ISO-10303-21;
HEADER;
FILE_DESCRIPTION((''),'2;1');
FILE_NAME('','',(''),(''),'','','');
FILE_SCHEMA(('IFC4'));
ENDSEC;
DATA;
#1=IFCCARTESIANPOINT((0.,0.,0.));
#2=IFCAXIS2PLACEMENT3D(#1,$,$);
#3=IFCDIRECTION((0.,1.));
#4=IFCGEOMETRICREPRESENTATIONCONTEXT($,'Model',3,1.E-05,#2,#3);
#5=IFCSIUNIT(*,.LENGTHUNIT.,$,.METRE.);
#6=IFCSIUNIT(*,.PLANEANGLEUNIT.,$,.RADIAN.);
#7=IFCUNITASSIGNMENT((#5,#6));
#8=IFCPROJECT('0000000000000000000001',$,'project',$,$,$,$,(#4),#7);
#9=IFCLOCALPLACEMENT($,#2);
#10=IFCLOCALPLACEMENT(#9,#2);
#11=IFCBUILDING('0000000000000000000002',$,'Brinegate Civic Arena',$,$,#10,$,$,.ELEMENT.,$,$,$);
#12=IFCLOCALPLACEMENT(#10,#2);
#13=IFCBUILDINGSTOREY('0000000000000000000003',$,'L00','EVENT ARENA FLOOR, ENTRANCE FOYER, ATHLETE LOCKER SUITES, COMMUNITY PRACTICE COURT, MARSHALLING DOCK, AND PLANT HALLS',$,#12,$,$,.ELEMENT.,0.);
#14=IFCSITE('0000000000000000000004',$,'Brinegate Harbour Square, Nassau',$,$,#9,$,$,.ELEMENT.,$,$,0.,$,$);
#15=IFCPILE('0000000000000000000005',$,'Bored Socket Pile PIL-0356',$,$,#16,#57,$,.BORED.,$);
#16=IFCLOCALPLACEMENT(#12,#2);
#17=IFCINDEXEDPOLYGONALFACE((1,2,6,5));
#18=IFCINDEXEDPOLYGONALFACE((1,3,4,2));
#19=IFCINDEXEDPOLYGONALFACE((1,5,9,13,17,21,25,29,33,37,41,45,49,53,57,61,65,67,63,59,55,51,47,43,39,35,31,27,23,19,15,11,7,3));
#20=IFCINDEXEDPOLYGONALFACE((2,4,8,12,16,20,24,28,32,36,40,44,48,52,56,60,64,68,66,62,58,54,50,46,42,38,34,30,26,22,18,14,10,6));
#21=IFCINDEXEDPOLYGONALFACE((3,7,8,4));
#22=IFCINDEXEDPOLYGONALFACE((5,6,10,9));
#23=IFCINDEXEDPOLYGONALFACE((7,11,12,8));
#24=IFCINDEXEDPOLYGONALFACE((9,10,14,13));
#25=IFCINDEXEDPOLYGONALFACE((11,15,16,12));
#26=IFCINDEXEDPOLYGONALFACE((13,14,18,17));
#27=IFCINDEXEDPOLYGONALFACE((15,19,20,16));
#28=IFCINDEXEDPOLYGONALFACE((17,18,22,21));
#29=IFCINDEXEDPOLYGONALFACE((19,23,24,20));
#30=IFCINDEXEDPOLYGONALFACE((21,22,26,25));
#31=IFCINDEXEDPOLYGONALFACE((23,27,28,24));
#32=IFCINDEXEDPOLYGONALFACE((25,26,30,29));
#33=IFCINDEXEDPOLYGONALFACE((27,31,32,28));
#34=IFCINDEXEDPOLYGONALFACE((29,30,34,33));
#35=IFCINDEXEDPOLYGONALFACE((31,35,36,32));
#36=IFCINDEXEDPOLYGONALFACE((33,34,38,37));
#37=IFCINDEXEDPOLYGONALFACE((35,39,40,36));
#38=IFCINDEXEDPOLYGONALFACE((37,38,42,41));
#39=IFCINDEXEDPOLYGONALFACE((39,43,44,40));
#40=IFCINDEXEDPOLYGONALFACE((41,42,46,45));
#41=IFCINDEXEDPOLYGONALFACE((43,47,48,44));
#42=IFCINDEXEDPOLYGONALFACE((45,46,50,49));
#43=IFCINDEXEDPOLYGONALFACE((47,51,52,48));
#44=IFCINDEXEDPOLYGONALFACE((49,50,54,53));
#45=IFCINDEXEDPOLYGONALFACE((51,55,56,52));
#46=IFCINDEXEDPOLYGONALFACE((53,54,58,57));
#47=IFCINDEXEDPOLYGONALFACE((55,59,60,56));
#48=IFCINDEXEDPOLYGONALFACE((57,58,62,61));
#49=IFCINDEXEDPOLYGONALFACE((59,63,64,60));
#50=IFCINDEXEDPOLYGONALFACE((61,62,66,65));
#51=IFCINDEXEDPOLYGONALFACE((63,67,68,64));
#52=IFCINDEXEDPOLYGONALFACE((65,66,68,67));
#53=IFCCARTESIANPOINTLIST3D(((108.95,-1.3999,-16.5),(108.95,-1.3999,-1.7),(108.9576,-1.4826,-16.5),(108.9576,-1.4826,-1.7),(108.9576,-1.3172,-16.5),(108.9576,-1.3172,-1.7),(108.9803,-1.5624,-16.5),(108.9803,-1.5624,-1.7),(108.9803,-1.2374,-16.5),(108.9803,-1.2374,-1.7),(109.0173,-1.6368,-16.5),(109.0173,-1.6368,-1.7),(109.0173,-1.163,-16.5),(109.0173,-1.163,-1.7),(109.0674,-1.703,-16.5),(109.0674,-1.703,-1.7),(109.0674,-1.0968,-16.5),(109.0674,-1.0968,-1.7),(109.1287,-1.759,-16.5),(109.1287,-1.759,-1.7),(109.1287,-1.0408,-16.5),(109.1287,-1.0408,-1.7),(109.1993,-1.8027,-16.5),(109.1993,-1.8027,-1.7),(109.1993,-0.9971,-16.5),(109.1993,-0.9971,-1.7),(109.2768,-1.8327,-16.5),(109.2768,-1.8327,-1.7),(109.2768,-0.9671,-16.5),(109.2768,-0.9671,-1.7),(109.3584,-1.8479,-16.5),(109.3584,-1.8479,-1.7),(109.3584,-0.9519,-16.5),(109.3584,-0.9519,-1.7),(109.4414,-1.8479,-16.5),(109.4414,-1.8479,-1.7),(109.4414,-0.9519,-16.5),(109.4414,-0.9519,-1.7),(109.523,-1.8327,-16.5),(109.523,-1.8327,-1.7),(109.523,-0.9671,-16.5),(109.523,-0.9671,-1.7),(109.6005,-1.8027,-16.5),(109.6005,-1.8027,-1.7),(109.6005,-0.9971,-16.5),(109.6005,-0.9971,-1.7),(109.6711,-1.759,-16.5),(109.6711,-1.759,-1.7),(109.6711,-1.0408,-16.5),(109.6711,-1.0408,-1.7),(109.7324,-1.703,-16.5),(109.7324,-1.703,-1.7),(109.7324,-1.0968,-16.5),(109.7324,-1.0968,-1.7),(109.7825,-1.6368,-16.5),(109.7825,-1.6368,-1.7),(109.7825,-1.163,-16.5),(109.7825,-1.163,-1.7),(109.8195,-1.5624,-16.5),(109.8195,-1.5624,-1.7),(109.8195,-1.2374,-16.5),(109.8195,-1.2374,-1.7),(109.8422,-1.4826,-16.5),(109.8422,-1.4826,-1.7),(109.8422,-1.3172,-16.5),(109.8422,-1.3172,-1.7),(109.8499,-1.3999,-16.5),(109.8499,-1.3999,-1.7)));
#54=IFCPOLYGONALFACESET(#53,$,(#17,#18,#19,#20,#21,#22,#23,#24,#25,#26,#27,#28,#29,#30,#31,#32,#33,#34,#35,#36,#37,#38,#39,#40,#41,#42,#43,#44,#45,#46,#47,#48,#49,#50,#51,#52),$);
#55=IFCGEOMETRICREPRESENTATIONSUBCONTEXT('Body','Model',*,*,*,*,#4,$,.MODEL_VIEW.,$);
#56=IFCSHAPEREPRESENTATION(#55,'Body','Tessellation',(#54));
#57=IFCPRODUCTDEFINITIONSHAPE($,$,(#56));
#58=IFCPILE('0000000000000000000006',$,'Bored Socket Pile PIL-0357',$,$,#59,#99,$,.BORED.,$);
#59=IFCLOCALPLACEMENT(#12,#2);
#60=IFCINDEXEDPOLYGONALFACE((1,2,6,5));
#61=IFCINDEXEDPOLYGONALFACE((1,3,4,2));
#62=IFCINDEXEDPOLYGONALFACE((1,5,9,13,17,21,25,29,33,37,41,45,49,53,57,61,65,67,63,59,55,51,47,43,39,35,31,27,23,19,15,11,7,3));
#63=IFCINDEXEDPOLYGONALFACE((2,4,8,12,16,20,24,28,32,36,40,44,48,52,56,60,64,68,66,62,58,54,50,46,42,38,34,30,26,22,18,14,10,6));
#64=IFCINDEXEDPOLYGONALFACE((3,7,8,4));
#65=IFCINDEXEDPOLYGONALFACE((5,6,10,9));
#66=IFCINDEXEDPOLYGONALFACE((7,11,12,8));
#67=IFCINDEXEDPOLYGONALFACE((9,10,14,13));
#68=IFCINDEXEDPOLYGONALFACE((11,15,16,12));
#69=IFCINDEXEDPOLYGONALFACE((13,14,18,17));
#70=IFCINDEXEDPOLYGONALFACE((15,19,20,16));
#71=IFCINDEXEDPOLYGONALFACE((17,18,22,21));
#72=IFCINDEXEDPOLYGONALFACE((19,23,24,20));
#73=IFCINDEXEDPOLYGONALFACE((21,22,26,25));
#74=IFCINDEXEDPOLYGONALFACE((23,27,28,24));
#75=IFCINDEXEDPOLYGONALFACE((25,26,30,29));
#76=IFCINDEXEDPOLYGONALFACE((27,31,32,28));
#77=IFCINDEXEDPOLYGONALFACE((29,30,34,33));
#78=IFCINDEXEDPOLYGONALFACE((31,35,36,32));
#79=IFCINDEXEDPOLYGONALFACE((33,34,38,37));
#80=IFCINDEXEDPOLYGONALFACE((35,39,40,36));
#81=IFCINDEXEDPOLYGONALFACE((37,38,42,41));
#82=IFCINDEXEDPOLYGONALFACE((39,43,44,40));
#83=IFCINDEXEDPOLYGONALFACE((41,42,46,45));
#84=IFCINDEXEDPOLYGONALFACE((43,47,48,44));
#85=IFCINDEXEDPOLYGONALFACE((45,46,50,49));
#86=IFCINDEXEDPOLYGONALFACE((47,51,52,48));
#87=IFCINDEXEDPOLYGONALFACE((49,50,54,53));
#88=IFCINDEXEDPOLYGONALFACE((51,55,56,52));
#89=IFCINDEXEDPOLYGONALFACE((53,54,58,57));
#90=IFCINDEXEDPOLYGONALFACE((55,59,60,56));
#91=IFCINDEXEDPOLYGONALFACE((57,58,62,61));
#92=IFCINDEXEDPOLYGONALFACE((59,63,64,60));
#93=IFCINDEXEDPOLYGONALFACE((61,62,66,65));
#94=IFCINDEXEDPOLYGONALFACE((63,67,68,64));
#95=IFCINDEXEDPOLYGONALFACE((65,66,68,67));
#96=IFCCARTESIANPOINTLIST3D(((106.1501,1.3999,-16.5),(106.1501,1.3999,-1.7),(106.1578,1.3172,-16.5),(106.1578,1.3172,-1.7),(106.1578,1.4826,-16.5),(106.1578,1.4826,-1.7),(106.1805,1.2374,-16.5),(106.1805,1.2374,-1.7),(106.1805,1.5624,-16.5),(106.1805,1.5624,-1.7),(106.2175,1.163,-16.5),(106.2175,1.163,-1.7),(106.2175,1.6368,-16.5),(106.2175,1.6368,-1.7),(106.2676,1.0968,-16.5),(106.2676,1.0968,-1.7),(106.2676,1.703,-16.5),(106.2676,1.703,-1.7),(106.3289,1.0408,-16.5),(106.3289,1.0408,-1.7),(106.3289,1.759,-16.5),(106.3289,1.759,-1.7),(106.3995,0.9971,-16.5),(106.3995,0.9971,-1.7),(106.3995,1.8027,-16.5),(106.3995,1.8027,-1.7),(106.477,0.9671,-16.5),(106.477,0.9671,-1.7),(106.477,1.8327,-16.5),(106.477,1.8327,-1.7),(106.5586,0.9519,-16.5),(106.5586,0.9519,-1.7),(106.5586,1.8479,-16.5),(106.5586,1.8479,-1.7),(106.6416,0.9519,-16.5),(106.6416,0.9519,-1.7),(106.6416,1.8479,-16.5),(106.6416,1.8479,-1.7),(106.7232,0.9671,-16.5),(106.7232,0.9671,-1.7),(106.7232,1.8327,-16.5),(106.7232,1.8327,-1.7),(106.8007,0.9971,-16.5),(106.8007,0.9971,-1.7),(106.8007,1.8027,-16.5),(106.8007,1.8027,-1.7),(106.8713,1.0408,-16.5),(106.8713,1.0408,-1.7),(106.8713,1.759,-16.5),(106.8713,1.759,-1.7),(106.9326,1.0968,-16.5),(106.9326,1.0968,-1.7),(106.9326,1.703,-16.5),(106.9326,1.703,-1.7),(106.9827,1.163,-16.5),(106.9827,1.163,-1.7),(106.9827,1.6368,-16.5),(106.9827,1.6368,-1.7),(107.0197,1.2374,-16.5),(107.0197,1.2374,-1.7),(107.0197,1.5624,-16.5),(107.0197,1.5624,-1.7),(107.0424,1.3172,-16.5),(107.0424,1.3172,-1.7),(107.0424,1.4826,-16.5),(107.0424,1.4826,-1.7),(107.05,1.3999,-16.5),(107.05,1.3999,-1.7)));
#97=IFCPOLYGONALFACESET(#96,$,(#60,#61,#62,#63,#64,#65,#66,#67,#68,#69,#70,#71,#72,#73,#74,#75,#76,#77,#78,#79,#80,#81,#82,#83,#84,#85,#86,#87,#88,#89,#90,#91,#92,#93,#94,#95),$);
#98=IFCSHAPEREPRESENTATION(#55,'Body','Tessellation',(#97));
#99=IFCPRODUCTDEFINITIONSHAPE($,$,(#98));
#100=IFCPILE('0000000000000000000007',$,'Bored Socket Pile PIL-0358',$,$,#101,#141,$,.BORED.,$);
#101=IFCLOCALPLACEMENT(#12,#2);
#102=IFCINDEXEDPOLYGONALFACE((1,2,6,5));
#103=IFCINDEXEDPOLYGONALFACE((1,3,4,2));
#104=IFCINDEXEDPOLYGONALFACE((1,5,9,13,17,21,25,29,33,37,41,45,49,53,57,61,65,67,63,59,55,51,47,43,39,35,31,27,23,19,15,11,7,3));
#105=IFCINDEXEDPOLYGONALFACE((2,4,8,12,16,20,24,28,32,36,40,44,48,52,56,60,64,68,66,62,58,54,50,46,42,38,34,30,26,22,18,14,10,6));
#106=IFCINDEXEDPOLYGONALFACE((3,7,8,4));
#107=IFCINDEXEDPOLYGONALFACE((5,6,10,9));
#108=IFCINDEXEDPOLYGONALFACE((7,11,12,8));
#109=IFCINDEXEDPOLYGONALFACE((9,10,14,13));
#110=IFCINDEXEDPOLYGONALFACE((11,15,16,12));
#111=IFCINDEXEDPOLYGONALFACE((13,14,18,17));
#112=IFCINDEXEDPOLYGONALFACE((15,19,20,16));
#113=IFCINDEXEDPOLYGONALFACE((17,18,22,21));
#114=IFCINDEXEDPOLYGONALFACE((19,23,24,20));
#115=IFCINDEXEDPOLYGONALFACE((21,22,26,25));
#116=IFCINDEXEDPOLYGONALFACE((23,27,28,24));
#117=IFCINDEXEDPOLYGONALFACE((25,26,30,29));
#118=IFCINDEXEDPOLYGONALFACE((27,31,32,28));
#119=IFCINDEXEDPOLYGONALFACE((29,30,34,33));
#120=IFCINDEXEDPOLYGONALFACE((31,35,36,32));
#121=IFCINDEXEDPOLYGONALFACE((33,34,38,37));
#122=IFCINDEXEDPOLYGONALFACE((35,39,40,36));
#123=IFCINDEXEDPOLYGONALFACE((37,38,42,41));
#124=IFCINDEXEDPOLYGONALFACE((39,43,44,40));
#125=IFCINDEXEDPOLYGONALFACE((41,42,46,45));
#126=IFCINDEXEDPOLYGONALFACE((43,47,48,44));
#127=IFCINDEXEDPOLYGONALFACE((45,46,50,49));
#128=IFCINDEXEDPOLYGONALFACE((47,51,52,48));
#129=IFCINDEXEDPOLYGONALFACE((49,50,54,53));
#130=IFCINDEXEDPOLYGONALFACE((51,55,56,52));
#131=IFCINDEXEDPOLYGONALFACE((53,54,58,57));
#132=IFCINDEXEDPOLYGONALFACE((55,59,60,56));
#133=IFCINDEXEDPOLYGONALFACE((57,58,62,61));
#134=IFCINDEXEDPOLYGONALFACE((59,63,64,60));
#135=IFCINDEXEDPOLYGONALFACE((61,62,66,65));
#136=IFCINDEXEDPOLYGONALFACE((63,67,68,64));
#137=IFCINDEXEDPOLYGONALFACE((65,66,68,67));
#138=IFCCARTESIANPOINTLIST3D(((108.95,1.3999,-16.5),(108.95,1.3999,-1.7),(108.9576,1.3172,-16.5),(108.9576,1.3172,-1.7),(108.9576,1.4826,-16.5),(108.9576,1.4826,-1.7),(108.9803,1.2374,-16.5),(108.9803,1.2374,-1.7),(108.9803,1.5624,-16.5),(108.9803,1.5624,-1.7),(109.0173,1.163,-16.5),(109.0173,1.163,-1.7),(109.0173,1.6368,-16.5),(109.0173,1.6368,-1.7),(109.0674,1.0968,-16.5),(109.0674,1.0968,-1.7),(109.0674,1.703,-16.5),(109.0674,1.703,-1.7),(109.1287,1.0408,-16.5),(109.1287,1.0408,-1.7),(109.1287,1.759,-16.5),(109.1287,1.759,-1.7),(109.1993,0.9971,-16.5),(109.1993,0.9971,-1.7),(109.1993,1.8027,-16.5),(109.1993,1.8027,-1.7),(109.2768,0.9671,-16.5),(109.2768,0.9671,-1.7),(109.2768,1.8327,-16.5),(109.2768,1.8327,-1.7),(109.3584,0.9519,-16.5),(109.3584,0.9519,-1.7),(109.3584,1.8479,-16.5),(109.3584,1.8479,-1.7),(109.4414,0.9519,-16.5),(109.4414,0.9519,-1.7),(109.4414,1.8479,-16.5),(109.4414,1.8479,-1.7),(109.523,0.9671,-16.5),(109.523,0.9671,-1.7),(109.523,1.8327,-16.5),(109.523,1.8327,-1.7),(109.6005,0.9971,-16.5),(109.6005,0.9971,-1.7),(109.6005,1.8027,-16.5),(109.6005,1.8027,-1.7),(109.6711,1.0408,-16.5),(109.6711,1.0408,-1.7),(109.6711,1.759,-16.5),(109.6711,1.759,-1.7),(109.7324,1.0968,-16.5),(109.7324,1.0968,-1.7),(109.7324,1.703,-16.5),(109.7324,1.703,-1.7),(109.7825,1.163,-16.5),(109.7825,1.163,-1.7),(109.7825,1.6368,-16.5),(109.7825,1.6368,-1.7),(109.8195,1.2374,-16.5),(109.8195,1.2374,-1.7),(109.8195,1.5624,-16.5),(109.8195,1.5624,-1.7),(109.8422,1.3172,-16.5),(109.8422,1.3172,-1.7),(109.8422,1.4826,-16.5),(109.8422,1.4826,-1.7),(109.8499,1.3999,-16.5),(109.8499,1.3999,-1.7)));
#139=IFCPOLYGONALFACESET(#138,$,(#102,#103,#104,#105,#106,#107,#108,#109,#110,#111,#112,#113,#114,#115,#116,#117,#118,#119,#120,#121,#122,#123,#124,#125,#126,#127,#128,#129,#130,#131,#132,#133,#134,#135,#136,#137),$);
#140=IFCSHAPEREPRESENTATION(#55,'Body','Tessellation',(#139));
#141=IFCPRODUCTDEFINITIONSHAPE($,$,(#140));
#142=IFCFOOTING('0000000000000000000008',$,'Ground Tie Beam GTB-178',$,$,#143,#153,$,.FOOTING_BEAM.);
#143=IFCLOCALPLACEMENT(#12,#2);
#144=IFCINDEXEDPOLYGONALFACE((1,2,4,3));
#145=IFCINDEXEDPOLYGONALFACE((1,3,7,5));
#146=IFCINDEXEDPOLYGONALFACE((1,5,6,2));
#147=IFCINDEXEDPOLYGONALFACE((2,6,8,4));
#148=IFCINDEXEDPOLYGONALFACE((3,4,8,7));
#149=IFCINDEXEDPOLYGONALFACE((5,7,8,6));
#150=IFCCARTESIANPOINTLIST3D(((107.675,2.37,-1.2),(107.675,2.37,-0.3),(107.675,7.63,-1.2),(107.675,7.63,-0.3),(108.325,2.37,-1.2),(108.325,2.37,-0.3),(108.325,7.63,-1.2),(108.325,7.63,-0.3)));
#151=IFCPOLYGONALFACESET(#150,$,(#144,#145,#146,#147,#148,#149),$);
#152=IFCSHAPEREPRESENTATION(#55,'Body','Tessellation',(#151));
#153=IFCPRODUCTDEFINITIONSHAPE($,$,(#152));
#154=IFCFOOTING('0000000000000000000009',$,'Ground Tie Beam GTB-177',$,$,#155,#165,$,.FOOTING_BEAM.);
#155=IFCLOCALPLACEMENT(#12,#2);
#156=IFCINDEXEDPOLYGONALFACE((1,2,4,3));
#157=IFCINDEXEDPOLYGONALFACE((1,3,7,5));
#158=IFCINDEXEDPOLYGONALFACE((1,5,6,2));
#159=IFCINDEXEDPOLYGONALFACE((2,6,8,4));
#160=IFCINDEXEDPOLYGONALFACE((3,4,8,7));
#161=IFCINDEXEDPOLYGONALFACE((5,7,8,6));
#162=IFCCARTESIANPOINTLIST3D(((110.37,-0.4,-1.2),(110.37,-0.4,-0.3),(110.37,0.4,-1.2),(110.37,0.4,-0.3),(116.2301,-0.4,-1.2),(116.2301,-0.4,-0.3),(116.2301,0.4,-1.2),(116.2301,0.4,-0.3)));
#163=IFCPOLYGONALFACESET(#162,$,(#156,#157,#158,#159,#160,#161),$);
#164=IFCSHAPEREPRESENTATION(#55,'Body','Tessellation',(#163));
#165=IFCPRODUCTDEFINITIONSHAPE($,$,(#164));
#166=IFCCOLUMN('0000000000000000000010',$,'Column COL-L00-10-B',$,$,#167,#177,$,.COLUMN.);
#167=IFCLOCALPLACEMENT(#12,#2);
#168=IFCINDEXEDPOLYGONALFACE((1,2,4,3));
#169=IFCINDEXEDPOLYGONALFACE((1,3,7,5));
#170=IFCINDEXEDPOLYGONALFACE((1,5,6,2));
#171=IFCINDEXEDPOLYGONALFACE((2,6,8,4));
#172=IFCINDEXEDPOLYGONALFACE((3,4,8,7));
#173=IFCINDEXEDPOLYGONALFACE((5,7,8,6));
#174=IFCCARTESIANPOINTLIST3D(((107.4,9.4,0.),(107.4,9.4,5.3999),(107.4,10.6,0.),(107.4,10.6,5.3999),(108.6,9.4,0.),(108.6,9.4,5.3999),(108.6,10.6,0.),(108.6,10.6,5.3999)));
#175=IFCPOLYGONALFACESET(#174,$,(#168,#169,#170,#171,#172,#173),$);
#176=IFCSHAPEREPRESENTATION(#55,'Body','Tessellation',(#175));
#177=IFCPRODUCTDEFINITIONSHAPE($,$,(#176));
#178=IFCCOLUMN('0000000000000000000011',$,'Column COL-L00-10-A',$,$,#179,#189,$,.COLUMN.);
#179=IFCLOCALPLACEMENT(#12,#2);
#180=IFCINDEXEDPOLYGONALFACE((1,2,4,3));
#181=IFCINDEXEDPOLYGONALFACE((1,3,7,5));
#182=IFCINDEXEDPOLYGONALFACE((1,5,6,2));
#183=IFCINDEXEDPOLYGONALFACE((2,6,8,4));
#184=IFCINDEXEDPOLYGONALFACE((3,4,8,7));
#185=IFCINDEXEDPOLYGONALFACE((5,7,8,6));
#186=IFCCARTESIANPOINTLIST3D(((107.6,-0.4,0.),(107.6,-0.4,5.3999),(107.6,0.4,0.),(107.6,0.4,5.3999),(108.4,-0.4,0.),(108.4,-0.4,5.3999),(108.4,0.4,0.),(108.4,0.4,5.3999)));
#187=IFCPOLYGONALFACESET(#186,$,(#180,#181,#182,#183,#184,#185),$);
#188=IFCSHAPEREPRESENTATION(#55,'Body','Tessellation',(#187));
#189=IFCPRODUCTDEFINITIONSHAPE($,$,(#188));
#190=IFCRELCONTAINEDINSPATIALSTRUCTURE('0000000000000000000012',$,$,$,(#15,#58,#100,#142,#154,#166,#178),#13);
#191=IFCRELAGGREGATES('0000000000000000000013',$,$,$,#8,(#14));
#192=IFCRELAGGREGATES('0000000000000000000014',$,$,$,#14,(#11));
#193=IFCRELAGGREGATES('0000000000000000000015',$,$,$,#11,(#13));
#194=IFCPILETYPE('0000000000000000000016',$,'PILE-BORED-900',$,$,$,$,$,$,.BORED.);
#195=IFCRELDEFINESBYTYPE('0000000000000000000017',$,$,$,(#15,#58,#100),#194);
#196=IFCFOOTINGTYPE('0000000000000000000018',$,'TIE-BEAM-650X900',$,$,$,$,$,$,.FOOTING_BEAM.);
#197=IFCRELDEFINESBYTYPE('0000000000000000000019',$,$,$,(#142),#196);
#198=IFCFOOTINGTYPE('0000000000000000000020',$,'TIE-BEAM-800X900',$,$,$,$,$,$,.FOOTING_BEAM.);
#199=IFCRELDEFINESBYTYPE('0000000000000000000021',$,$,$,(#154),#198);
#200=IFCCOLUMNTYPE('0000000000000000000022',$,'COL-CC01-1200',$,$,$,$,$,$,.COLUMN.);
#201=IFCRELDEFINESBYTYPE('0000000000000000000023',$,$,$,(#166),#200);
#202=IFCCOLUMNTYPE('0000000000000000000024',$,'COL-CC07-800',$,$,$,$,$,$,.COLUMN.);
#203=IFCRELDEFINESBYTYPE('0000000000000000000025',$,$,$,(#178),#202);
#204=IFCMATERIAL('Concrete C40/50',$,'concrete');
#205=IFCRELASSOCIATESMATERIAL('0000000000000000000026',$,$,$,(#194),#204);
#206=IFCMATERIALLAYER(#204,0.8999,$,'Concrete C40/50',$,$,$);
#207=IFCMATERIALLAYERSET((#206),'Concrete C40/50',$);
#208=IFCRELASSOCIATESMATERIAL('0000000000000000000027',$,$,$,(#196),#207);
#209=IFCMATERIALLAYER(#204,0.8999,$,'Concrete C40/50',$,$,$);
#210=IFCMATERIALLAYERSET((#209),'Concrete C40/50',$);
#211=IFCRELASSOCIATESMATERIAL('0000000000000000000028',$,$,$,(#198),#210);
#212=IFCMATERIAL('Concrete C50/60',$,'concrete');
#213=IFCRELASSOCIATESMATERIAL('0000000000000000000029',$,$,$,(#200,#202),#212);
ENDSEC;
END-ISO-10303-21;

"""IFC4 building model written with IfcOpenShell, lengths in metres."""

from ifc_helpers import new_model, si_unit, direction, frame, origin, origin_2d, place, context, subcontext, project, spatial, rectangle, circle, extrude, material, layer, layer_set, material_profile, profile_set, type_object, element, save


model = new_model("IFC4")

# Units and contexts
model_context = context("Model", 3, precision=1e-05, world=origin(), true_north=direction((0.0, 1.0)))
body_context = subcontext(model_context, "Body", "Model", "MODEL_VIEW")
ifc_project = project(units=[si_unit("LENGTHUNIT", "METRE"), si_unit("PLANEANGLEUNIT", "RADIAN")], contexts=[model_context])

# Site, building, storey
site_placement = place(None, origin())
site = spatial("IfcSite", under=ifc_project, at=site_placement, Name="Brinegate Harbour Square, Nassau", CompositionType="ELEMENT", RefElevation=0.0)
building_placement = place(site_placement, origin())
building = spatial("IfcBuilding", under=site, at=building_placement, Name="Brinegate Civic Arena", CompositionType="ELEMENT")
storey_placement = place(building_placement, origin())
storey = spatial("IfcBuildingStorey", under=building, at=storey_placement, Name="L00", Description="EVENT ARENA FLOOR, ENTRANCE FOYER, ATHLETE LOCKER SUITES, COMMUNITY PRACTICE COURT, MARSHALLING DOCK, AND PLANT HALLS", CompositionType="ELEMENT", Elevation=0.0)

# Shared definitions
ifc_material_1 = material(Name="Concrete C40/50", Category="concrete")

# Piles
ifc_material_profile_1 = material_profile(ifc_material_1, circle(Radius=0.45, at=origin_2d()), Name="PILED900")
ifc_profile_set_1 = profile_set([ifc_material_profile_1], Name="Concrete C40/50")
pile_type_1 = type_object("IfcPileType", Name="PILE-BORED-900", PredefinedType="BORED", material=ifc_profile_set_1)
for number, where, z_axis, x_axis, name in (
    (1, (109.3999, -1.3999, -1.7), (0.0, 0.0, -1.0), (1.0, 0.0, 0.0), "Bored Socket Pile PIL-0356"),
    (2, (106.6001, 1.3999, -1.7), (0.0, 0.0, -1.0), (1.0, 0.0, 0.0), "Bored Socket Pile PIL-0357"),
    (3, (109.3999, 1.3999, -1.7), (0.0, 0.0, -1.0), (1.0, 0.0, 0.0), "Bored Socket Pile PIL-0358"),
):
    element("IfcPile", number, at=place(storey_placement, frame(where, z_axis=z_axis, x_axis=x_axis)), inside=storey, type_object=pile_type_1, Name=name, PredefinedType="BORED", context=body_context, shape_type="SweptSolid", body=[
        extrude(circle(Radius=0.45, at=origin_2d()), origin(), (0.0, 0.0, 1.0), 14.8),
    ])

# Footings
ifc_layer_1 = layer(ifc_material_1, 0.8999, Name="Concrete C40/50")
ifc_layer_set_1 = layer_set([ifc_layer_1], Name="Concrete C40/50")
footing_type_1 = type_object("IfcFootingType", Name="TIE-BEAM-650X900", PredefinedType="FOOTING_BEAM", material=ifc_layer_set_1)
footing_1_placement = place(storey_placement, frame((108.0, 5.0, -1.2), z_axis=(0.0, 0.0, 1.0), x_axis=(0.0, 1.0, 0.0)))
element("IfcFooting", 4, at=footing_1_placement, inside=storey, type_object=footing_type_1, Name="Ground Tie Beam GTB-178", PredefinedType="FOOTING_BEAM", context=body_context, shape_type="SweptSolid", body=[
    extrude(rectangle(XDim=5.26, YDim=0.6499, at=origin_2d()), origin(), (0.0, 0.0, 1.0), 0.8999),
])
ifc_layer_2 = layer(ifc_material_1, 0.8999, Name="Concrete C40/50")
ifc_layer_set_2 = layer_set([ifc_layer_2], Name="Concrete C40/50")
footing_type_2 = type_object("IfcFootingType", Name="TIE-BEAM-800X900", PredefinedType="FOOTING_BEAM", material=ifc_layer_set_2)
footing_2_placement = place(storey_placement, frame((113.3, 0.0, -1.2), z_axis=(0.0, 0.0, 1.0), x_axis=(1.0, 0.0, 0.0)))
element("IfcFooting", 5, at=footing_2_placement, inside=storey, type_object=footing_type_2, Name="Ground Tie Beam GTB-177", PredefinedType="FOOTING_BEAM", context=body_context, shape_type="SweptSolid", body=[
    extrude(rectangle(XDim=5.8601, YDim=0.8, at=origin_2d()), origin(), (0.0, 0.0, 1.0), 0.8999),
])

# Columns
ifc_material_2 = material(Name="Concrete C50/60", Category="concrete")
ifc_material_profile_2 = material_profile(ifc_material_2, rectangle(XDim=1.2, YDim=1.2, at=origin_2d()), Name="RC1200X1200")
ifc_profile_set_2 = profile_set([ifc_material_profile_2], Name="Concrete C50/60")
column_type_1 = type_object("IfcColumnType", Name="COL-CC01-1200", PredefinedType="COLUMN", material=ifc_profile_set_2)
column_1_placement = place(storey_placement, frame((108.0, 10.0, 0.0), z_axis=(0.0, 0.0, 1.0), x_axis=(1.0, 0.0, 0.0)))
element("IfcColumn", 6, at=column_1_placement, inside=storey, type_object=column_type_1, Name="Column COL-L00-10-B", PredefinedType="COLUMN", context=body_context, shape_type="SweptSolid", body=[
    extrude(rectangle(XDim=1.2, YDim=1.2, at=origin_2d()), origin(), (0.0, 0.0, 1.0), 5.3999),
])
ifc_material_profile_3 = material_profile(ifc_material_2, rectangle(XDim=0.8, YDim=0.8, at=origin_2d()), Name="RC800X800")
ifc_profile_set_3 = profile_set([ifc_material_profile_3], Name="Concrete C50/60")
column_type_2 = type_object("IfcColumnType", Name="COL-CC07-800", PredefinedType="COLUMN", material=ifc_profile_set_3)
column_2_placement = place(storey_placement, frame((108.0, 0.0, 0.0), z_axis=(0.0, 0.0, 1.0), x_axis=(1.0, 0.0, 0.0)))
element("IfcColumn", 7, at=column_2_placement, inside=storey, type_object=column_type_2, Name="Column COL-L00-10-A", PredefinedType="COLUMN", context=body_context, shape_type="SweptSolid", body=[
    extrude(rectangle(XDim=0.8, YDim=0.8, at=origin_2d()), origin(), (0.0, 0.0, 1.0), 5.3999),
])

save(model, "model.ifc")
